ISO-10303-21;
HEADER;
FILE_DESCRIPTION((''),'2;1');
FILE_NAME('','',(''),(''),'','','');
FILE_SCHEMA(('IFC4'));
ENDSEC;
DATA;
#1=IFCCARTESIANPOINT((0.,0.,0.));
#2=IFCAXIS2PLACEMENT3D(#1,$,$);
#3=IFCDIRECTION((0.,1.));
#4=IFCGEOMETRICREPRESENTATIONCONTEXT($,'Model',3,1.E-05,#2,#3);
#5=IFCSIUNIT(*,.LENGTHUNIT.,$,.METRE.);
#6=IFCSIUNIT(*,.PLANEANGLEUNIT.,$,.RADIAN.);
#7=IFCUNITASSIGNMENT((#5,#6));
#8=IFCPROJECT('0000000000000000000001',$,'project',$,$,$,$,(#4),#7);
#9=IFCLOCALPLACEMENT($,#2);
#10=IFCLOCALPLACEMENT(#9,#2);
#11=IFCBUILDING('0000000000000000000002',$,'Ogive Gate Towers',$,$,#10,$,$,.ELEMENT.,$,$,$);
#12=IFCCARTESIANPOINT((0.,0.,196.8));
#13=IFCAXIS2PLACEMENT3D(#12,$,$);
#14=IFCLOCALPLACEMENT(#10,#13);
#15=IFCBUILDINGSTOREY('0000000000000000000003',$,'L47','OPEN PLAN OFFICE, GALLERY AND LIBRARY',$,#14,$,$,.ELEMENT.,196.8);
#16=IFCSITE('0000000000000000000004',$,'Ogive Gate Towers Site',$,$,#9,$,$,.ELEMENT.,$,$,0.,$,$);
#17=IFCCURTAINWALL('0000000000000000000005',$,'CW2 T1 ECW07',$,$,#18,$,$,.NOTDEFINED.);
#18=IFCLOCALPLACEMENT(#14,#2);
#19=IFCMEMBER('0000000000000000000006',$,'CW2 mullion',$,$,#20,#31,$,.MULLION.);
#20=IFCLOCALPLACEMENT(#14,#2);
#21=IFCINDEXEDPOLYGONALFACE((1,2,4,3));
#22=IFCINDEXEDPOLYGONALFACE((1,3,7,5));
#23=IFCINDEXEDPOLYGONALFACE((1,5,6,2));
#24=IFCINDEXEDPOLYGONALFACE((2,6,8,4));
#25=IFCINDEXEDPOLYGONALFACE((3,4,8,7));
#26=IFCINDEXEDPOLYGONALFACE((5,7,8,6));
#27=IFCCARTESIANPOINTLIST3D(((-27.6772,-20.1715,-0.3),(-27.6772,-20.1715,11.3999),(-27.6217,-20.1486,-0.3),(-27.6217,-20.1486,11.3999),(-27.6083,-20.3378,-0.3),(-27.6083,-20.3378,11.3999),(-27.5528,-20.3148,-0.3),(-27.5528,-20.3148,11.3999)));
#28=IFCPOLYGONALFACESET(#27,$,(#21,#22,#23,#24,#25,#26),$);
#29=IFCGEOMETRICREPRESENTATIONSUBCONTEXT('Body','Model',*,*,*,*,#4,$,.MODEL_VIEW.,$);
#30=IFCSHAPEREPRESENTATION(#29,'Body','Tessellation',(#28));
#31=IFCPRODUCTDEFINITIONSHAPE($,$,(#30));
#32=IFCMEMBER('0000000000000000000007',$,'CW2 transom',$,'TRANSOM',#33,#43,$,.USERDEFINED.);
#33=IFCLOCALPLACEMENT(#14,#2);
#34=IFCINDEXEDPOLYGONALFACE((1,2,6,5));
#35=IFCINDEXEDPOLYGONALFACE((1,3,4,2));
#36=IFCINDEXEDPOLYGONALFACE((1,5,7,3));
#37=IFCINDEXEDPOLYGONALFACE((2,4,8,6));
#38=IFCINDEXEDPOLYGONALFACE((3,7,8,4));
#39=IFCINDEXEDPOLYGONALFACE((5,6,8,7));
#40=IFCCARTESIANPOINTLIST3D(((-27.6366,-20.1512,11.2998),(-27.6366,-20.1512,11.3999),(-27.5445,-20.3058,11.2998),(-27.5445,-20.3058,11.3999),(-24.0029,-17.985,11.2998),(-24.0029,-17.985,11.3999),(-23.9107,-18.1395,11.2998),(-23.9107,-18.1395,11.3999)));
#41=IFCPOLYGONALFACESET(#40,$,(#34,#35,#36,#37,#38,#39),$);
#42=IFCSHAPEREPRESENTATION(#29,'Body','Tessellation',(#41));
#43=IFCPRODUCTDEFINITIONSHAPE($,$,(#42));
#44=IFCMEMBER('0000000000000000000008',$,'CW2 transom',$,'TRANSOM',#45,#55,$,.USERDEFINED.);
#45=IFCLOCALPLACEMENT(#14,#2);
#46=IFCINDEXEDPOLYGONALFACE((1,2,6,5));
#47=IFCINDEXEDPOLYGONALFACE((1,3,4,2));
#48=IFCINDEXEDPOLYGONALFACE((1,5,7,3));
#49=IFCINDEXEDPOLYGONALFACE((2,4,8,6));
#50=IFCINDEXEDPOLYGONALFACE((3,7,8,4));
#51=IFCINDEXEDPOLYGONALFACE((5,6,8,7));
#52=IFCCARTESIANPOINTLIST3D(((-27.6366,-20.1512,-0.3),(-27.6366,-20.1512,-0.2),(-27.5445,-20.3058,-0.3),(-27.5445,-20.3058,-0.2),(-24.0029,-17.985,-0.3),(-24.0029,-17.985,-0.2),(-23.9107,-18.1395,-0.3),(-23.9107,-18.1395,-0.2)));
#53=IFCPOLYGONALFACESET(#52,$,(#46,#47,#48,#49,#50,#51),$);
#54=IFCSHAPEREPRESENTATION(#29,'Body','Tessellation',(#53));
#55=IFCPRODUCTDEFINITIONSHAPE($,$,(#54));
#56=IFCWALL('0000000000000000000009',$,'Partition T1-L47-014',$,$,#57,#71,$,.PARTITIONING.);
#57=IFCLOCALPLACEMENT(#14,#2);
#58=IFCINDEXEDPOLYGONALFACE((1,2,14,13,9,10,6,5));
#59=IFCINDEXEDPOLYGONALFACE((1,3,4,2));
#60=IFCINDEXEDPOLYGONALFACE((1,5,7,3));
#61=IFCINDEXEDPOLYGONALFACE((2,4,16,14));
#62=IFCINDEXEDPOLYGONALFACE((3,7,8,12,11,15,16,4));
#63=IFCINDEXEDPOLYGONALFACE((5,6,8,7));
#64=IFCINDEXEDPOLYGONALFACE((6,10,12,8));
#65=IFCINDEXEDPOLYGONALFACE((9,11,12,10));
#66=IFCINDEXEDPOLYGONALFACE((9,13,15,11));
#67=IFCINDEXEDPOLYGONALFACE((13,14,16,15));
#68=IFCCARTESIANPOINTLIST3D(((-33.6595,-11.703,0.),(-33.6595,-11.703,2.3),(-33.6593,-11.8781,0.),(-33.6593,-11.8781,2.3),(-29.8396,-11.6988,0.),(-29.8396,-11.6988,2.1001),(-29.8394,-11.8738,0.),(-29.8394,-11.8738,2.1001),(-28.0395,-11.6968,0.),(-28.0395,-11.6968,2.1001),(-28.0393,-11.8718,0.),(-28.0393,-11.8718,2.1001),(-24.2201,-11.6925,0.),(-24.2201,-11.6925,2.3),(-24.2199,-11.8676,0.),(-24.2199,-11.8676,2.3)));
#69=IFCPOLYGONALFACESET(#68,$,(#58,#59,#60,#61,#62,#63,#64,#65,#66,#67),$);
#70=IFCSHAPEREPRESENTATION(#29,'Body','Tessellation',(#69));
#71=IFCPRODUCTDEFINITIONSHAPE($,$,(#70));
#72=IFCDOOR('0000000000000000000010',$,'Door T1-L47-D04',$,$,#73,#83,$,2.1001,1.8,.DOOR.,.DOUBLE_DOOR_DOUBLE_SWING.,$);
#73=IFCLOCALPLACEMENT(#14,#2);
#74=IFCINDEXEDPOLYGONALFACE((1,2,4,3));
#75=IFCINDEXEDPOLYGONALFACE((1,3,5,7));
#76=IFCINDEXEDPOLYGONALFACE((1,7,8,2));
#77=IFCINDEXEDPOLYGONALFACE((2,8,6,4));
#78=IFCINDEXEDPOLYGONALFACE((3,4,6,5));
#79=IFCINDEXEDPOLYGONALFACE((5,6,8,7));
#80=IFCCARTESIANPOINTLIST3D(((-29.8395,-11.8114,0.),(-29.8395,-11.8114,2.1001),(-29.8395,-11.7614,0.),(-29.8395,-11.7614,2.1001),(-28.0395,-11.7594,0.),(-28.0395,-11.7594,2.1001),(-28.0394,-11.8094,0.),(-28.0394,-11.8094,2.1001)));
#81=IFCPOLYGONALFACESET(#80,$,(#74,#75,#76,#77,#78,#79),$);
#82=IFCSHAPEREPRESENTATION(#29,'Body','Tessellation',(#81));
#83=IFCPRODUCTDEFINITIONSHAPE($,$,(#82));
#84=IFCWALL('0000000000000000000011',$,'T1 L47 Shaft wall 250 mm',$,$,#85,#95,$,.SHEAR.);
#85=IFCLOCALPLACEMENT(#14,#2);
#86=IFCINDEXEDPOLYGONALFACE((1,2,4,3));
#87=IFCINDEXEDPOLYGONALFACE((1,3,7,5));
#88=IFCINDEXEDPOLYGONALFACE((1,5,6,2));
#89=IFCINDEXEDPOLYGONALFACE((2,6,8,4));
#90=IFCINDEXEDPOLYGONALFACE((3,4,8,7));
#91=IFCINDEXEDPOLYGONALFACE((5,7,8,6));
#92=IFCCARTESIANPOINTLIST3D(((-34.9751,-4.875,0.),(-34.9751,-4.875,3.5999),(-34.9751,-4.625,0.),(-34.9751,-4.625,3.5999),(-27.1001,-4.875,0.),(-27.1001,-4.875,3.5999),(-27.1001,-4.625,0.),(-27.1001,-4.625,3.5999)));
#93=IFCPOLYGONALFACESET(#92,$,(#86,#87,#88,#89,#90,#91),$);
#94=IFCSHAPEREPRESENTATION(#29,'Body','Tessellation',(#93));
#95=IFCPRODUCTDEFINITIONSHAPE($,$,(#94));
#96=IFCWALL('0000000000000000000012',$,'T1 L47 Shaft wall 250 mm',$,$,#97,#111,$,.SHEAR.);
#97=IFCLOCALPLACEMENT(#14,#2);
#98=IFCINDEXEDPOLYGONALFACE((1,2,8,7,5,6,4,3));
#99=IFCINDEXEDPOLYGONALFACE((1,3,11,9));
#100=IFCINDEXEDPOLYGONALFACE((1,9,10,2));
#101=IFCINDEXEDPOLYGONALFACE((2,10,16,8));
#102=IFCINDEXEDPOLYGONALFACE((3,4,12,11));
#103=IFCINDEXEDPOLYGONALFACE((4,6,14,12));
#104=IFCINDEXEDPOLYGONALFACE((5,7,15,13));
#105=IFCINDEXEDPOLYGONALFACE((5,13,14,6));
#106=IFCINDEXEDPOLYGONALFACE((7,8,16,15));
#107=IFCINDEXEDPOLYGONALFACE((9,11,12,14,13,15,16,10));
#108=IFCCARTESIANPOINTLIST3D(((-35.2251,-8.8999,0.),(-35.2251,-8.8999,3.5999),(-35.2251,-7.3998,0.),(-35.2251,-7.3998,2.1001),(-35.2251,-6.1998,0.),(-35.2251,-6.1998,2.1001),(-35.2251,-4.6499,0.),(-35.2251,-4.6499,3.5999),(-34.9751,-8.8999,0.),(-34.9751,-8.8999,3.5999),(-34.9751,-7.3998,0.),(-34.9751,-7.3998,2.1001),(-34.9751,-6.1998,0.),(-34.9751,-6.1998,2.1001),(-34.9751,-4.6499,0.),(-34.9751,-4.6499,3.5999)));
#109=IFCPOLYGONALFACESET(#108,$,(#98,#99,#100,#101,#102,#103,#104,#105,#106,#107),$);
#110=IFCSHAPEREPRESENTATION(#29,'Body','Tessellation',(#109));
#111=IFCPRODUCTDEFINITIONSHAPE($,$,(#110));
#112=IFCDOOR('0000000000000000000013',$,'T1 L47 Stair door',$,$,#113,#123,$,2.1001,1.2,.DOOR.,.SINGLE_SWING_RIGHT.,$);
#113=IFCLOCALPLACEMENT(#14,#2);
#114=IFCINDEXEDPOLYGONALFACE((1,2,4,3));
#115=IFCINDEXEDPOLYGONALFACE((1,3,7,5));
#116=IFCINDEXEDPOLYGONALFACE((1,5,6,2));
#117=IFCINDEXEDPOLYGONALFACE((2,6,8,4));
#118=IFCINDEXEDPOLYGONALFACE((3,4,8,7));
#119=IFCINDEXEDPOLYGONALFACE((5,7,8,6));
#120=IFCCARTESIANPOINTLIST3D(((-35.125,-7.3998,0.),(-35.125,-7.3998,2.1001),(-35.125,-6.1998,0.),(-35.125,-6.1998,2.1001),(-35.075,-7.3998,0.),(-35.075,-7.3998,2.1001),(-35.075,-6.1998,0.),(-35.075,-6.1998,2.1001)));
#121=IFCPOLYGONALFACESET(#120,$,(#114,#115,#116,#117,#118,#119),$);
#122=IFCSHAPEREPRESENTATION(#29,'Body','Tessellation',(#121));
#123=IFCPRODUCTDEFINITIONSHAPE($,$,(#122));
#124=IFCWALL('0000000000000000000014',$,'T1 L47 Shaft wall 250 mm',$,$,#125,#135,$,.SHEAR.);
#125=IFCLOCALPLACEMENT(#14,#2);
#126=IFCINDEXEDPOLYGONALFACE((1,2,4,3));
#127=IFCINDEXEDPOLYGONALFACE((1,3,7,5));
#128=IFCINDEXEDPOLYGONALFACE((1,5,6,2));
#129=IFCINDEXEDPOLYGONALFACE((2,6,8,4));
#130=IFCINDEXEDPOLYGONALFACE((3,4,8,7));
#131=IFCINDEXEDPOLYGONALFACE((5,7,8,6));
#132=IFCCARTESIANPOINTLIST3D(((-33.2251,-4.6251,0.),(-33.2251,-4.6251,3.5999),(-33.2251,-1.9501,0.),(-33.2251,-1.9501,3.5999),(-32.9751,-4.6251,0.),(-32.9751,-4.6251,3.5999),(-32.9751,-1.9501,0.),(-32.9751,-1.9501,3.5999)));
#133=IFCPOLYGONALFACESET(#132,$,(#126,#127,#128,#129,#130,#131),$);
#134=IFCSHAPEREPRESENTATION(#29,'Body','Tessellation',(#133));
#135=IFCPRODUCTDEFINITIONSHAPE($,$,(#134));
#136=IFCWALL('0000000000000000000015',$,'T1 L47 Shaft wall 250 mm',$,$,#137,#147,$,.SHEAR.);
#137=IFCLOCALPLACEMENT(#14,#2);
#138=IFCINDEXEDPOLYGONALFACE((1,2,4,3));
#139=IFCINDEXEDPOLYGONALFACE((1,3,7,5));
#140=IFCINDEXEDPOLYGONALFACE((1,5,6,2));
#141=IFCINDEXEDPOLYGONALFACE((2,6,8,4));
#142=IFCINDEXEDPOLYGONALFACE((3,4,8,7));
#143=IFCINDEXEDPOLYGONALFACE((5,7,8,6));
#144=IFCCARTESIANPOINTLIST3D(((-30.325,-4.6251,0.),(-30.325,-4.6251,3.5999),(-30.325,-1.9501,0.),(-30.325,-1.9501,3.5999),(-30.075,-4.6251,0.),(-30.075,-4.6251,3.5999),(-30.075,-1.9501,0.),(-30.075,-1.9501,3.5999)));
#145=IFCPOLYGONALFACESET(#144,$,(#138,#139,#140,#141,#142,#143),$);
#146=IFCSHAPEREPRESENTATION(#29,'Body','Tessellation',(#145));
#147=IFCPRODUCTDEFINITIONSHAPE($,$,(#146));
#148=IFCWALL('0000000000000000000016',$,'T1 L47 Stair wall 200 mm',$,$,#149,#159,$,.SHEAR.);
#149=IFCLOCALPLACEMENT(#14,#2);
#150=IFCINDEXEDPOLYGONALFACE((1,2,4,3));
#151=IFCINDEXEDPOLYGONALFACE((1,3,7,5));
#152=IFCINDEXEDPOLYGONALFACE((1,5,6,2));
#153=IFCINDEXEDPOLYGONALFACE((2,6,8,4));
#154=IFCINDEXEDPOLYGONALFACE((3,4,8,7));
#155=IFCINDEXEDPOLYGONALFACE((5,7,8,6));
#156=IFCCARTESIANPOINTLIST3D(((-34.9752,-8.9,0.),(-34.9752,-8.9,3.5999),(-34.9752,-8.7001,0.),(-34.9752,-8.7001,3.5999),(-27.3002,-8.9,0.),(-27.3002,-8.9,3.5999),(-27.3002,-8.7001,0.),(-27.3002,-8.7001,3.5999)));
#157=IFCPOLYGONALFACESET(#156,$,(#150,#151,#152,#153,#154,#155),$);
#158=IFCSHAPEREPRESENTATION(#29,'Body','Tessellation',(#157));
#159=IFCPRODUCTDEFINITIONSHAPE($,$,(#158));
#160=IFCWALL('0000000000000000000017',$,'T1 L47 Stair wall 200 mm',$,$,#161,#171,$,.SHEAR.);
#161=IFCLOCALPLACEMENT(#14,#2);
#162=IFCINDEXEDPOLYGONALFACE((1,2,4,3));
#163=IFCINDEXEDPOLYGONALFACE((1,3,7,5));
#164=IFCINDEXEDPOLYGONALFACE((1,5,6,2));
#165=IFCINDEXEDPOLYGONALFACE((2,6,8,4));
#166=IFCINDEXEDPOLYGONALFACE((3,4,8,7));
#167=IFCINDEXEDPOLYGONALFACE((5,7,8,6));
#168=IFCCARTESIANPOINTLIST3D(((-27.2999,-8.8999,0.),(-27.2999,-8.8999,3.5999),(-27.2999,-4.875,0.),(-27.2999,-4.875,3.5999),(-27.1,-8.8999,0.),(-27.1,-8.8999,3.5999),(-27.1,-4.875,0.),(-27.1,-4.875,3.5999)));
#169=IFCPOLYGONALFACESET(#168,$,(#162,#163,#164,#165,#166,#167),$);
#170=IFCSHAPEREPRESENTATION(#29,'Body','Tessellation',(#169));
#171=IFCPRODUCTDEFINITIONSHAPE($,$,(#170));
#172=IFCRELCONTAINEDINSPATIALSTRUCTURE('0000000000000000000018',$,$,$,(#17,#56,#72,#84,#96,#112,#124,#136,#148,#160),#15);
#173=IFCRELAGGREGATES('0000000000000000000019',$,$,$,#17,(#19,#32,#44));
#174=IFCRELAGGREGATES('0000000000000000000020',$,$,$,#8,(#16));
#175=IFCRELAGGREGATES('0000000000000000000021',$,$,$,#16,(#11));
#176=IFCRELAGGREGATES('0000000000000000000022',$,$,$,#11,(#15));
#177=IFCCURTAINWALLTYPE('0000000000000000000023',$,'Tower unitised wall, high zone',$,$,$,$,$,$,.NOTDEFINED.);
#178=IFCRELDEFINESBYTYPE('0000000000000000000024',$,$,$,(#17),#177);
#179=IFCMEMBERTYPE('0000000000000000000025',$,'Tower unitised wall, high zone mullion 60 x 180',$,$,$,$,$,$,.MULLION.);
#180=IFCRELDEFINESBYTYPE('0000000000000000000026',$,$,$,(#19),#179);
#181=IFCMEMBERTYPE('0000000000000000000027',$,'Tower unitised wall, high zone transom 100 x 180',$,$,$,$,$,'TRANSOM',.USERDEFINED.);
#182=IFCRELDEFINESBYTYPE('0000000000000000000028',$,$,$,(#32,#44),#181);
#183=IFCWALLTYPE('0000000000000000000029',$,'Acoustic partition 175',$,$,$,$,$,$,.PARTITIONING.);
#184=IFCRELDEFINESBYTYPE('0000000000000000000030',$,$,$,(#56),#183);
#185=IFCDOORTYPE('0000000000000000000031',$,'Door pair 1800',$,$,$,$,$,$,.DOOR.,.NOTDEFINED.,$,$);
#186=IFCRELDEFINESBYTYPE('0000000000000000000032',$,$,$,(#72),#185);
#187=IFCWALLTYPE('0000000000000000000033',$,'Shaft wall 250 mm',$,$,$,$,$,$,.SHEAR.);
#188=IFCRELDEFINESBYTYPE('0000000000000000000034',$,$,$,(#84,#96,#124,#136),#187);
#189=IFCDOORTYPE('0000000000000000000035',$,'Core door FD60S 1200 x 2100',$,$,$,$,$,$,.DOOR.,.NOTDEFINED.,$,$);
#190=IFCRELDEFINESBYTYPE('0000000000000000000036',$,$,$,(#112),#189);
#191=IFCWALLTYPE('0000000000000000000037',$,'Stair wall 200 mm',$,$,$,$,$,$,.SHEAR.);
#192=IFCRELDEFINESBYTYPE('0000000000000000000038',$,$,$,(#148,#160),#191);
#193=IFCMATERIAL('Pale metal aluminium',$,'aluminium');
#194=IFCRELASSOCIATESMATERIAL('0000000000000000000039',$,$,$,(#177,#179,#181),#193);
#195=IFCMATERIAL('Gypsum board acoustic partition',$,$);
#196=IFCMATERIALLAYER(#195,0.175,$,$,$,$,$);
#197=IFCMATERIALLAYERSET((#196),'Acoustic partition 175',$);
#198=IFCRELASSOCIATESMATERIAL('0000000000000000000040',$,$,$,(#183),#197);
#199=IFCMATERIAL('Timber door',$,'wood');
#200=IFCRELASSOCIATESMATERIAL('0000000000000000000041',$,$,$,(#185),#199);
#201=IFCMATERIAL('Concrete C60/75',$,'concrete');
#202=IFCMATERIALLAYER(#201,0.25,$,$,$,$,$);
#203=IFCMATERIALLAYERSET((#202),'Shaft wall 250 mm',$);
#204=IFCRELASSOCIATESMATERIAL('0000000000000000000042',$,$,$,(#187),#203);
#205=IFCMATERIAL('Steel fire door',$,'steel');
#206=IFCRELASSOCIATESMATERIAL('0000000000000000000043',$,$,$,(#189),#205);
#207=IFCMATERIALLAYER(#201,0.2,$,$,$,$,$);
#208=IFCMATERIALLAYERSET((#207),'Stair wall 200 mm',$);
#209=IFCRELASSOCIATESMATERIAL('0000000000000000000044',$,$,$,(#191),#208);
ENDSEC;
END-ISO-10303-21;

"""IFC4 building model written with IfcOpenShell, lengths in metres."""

from ifc_helpers import new_model, si_unit, direction, frame, frame_2d, origin, origin_2d, place, context, subcontext, project, spatial, rectangle, extrude, material, layer, layer_set, material_profile, profile_set, type_object, element, fill, aggregate, save


model = new_model("IFC4")

# Units and contexts
model_context = context("Model", 3, precision=1e-05, world=origin(), true_north=direction((0.0, 1.0)))
body_context = subcontext(model_context, "Body", "Model", "MODEL_VIEW")
ifc_project = project(units=[si_unit("LENGTHUNIT", "METRE"), si_unit("PLANEANGLEUNIT", "RADIAN")], contexts=[model_context])

# Site, building, storey
site_placement = place(None, origin())
site = spatial("IfcSite", under=ifc_project, at=site_placement, Name="Ogive Gate Towers Site", CompositionType="ELEMENT", RefElevation=0.0)
building_placement = place(site_placement, origin())
building = spatial("IfcBuilding", under=site, at=building_placement, Name="Ogive Gate Towers", CompositionType="ELEMENT")
storey_placement = place(building_placement, frame((0.0, 0.0, 196.8)))
storey = spatial("IfcBuildingStorey", under=building, at=storey_placement, Name="L47", Description="OPEN PLAN OFFICE, GALLERY AND LIBRARY", CompositionType="ELEMENT", Elevation=196.8)

# Curtain wall, members
ifc_material_1 = material(Name="Pale metal aluminium", Category="aluminium")
curtain_wall_type = type_object("IfcCurtainWallType", Name="Tower unitised wall, high zone", PredefinedType="NOTDEFINED", material=ifc_material_1)
curtain_wall_placement = place(storey_placement, origin())
curtain_wall = element("IfcCurtainWall", 1, at=curtain_wall_placement, inside=storey, type_object=curtain_wall_type, Name="CW2 T1 ECW07", PredefinedType="NOTDEFINED")
ifc_material_profile_1 = material_profile(ifc_material_1, rectangle(XDim=0.1799, YDim=0.0601, at=origin_2d()), Name="60 x 180 aluminium box")
ifc_profile_set_1 = profile_set([ifc_material_profile_1], Name="Pale metal aluminium")
member_type_1 = type_object("IfcMemberType", Name="Tower unitised wall, high zone mullion 60 x 180", PredefinedType="MULLION", material=ifc_profile_set_1)
member_1_placement = place(storey_placement, frame((-27.615, -20.2432, -0.3), z_axis=(0.0, 0.0, 1.0), x_axis=(0.382683, -0.92388, 0.0)))
member_1 = element("IfcMember", 2, at=member_1_placement, type_object=member_type_1, Name="CW2 mullion", PredefinedType="MULLION", context=body_context, shape_type="SweptSolid", body=[
    extrude(rectangle(XDim=0.1799, YDim=0.0601, at=origin_2d()), origin(), (0.0, 0.0, 1.0), 11.7),
])
ifc_material_profile_2 = material_profile(ifc_material_1, rectangle(XDim=0.1799, YDim=0.1001, at=origin_2d()), Name="100 x 180 aluminium box")
ifc_profile_set_2 = profile_set([ifc_material_profile_2], Name="Pale metal aluminium")
member_type_2 = type_object("IfcMemberType", Name="Tower unitised wall, high zone transom 100 x 180", ElementType="TRANSOM", PredefinedType="USERDEFINED", material=ifc_profile_set_2)
member_2_placement = place(storey_placement, frame((-27.5906, -20.2285, 11.3499), z_axis=(0.858951, 0.512058, 0.0), x_axis=(-0.512058, 0.858951, 0.0)))
member_2 = element("IfcMember", 3, at=member_2_placement, type_object=member_type_2, Name="CW2 transom", ObjectType="TRANSOM", PredefinedType="USERDEFINED", context=body_context, shape_type="SweptSolid", body=[
    extrude(rectangle(XDim=0.1799, YDim=0.1001, at=origin_2d()), origin(), (0.0, 0.0, 1.0), 4.2305),
])
member_3_placement = place(storey_placement, frame((-27.5906, -20.2285, -0.25), z_axis=(0.858951, 0.512058, 0.0), x_axis=(-0.512058, 0.858951, 0.0)))
member_3 = element("IfcMember", 4, at=member_3_placement, type_object=member_type_2, Name="CW2 transom", ObjectType="TRANSOM", PredefinedType="USERDEFINED", context=body_context, shape_type="SweptSolid", body=[
    extrude(rectangle(XDim=0.1799, YDim=0.1001, at=origin_2d()), origin(), (0.0, 0.0, 1.0), 4.2305),
])
aggregate(curtain_wall, [member_1, member_2, member_3])

# Wall, opening, door
ifc_material_2 = material(Name="Gypsum board acoustic partition")
ifc_layer_1 = layer(ifc_material_2, 0.175)
ifc_layer_set_1 = layer_set([ifc_layer_1], Name="Acoustic partition 175")
wall_type_1 = type_object("IfcWallType", Name="Acoustic partition 175", PredefinedType="PARTITIONING", material=ifc_layer_set_1)
wall_1_placement = place(storey_placement, frame((-33.6594, -11.7905, 0.0), z_axis=(0.0, 0.0, 1.0), x_axis=(0.999999, 0.001112, 0.0)))
wall_1 = element("IfcWall", 5, at=wall_1_placement, inside=storey, type_object=wall_type_1, Name="Partition T1-L47-014", PredefinedType="PARTITIONING", context=body_context, shape_type="SweptSolid", body=[
    extrude(rectangle(XDim=9.4395, YDim=0.175, at=frame_2d((4.7197, 0.0))), origin(), (0.0, 0.0, 1.0), 2.3),
])
opening_1_placement = place(wall_1_placement, frame((3.8201, 0.0, 0.0)))
opening_1 = element("IfcOpeningElement", 6, at=opening_1_placement, cuts=wall_1, PredefinedType="OPENING", context=body_context, shape_type="SweptSolid", body=[
    extrude(rectangle(XDim=1.8, YDim=2.1001, at=frame_2d((0.8999, 1.05))), frame((0.0, 0.0977, 0.0), z_axis=(0.0, -1.0, 0.0), x_axis=(1.0, 0.0, 0.0)), (0.0, 0.0, 1.0), 0.1951),
])
ifc_material_3 = material(Name="Timber door", Category="wood")
door_type_1 = type_object("IfcDoorType", Name="Door pair 1800", OperationType="NOTDEFINED", PredefinedType="DOOR", material=ifc_material_3)
door_1_placement = place(opening_1_placement, origin())
door_1 = element("IfcDoor", 7, at=door_1_placement, inside=storey, type_object=door_type_1, Name="Door T1-L47-D04", OperationType="DOUBLE_DOOR_DOUBLE_SWING", OverallHeight=2.1001, OverallWidth=1.8, PredefinedType="DOOR", context=body_context, shape_type="SweptSolid", body=[
    extrude(rectangle(XDim=1.8, YDim=2.1001, at=frame_2d((0.8999, 1.05))), frame((0.0, 0.0249, 0.0), z_axis=(0.0, -1.0, 0.0), x_axis=(1.0, 0.0, 0.0)), (0.0, 0.0, 1.0), 0.05),
])
fill(opening_1, door_1)

# Wall
ifc_material_4 = material(Name="Concrete C60/75", Category="concrete")
ifc_layer_2 = layer(ifc_material_4, 0.25)
ifc_layer_set_2 = layer_set([ifc_layer_2], Name="Shaft wall 250 mm")
wall_type_2 = type_object("IfcWallType", Name="Shaft wall 250 mm", PredefinedType="SHEAR", material=ifc_layer_set_2)
wall_2_placement = place(storey_placement, frame((-34.9751, -4.75, 0.0), z_axis=(0.0, 0.0, 1.0), x_axis=(1.0, 0.0, 0.0)))
element("IfcWall", 8, at=wall_2_placement, inside=storey, type_object=wall_type_2, Name="T1 L47 Shaft wall 250 mm", PredefinedType="SHEAR", context=body_context, shape_type="SweptSolid", body=[
    extrude(rectangle(XDim=7.875, YDim=0.25, at=frame_2d((3.9375, 0.0))), origin(), (0.0, 0.0, 1.0), 3.5999),
])

# Wall, opening, door
wall_3_placement = place(storey_placement, frame((-35.1001, -8.8999, 0.0), z_axis=(0.0, 0.0, 1.0), x_axis=(0.0, 1.0, 0.0)))
wall_3 = element("IfcWall", 9, at=wall_3_placement, inside=storey, type_object=wall_type_2, Name="T1 L47 Shaft wall 250 mm", PredefinedType="SHEAR", context=body_context, shape_type="SweptSolid", body=[
    extrude(rectangle(XDim=4.25, YDim=0.25, at=frame_2d((2.125, 0.0))), origin(), (0.0, 0.0, 1.0), 3.5999),
])
opening_2_placement = place(wall_3_placement, frame((1.5, 0.0, 0.0)))
opening_2 = element("IfcOpeningElement", 10, at=opening_2_placement, cuts=wall_3, PredefinedType="OPENING", context=body_context, shape_type="SweptSolid", body=[
    extrude(rectangle(XDim=1.2, YDim=2.1001, at=frame_2d((0.6001, 1.05))), frame((0.0, 0.135, 0.0), z_axis=(0.0, -1.0, 0.0), x_axis=(1.0, 0.0, 0.0)), (0.0, 0.0, 1.0), 0.27),
])
ifc_material_5 = material(Name="Steel fire door", Category="steel")
door_type_2 = type_object("IfcDoorType", Name="Core door FD60S 1200 x 2100", OperationType="NOTDEFINED", PredefinedType="DOOR", material=ifc_material_5)
door_2_placement = place(opening_2_placement, origin())
door_2 = element("IfcDoor", 11, at=door_2_placement, inside=storey, type_object=door_type_2, Name="T1 L47 Stair door", OperationType="SINGLE_SWING_RIGHT", OverallHeight=2.1001, OverallWidth=1.2, PredefinedType="DOOR", context=body_context, shape_type="SweptSolid", body=[
    extrude(rectangle(XDim=1.2, YDim=2.1001, at=frame_2d((0.6001, 1.05))), frame((0.0, 0.0249, 0.0), z_axis=(0.0, -1.0, 0.0), x_axis=(1.0, 0.0, 0.0)), (0.0, 0.0, 1.0), 0.05),
])
fill(opening_2, door_2)

# Walls
for number, where, z_axis, x_axis, name in (
    (12, (-33.1001, -4.625, 0.0), (0.0, 0.0, 1.0), (0.0, 1.0, 0.0), "T1 L47 Shaft wall 250 mm"),
    (13, (-30.2, -4.625, 0.0), (0.0, 0.0, 1.0), (0.0, 1.0, 0.0), "T1 L47 Shaft wall 250 mm"),
):
    element("IfcWall", number, at=place(storey_placement, frame(where, z_axis=z_axis, x_axis=x_axis)), inside=storey, type_object=wall_type_2, Name=name, PredefinedType="SHEAR", context=body_context, shape_type="SweptSolid", body=[
        extrude(rectangle(XDim=2.675, YDim=0.25, at=frame_2d((1.3374, 0.0))), origin(), (0.0, 0.0, 1.0), 3.5999),
    ])
ifc_layer_3 = layer(ifc_material_4, 0.2)
ifc_layer_set_3 = layer_set([ifc_layer_3], Name="Stair wall 200 mm")
wall_type_3 = type_object("IfcWallType", Name="Stair wall 200 mm", PredefinedType="SHEAR", material=ifc_layer_set_3)
wall_4_placement = place(storey_placement, frame((-34.9751, -8.8, 0.0), z_axis=(0.0, 0.0, 1.0), x_axis=(1.0, 0.0, 0.0)))
element("IfcWall", 14, at=wall_4_placement, inside=storey, type_object=wall_type_3, Name="T1 L47 Stair wall 200 mm", PredefinedType="SHEAR", context=body_context, shape_type="SweptSolid", body=[
    extrude(rectangle(XDim=7.675, YDim=0.2, at=frame_2d((3.8374, 0.0))), origin(), (0.0, 0.0, 1.0), 3.5999),
])
wall_5_placement = place(storey_placement, frame((-27.2, -8.8999, 0.0), z_axis=(0.0, 0.0, 1.0), x_axis=(0.0, 1.0, 0.0)))
element("IfcWall", 15, at=wall_5_placement, inside=storey, type_object=wall_type_3, Name="T1 L47 Stair wall 200 mm", PredefinedType="SHEAR", context=body_context, shape_type="SweptSolid", body=[
    extrude(rectangle(XDim=4.0249, YDim=0.2, at=frame_2d((2.0125, 0.0))), origin(), (0.0, 0.0, 1.0), 3.5999),
])

save(model, "model.ifc")
